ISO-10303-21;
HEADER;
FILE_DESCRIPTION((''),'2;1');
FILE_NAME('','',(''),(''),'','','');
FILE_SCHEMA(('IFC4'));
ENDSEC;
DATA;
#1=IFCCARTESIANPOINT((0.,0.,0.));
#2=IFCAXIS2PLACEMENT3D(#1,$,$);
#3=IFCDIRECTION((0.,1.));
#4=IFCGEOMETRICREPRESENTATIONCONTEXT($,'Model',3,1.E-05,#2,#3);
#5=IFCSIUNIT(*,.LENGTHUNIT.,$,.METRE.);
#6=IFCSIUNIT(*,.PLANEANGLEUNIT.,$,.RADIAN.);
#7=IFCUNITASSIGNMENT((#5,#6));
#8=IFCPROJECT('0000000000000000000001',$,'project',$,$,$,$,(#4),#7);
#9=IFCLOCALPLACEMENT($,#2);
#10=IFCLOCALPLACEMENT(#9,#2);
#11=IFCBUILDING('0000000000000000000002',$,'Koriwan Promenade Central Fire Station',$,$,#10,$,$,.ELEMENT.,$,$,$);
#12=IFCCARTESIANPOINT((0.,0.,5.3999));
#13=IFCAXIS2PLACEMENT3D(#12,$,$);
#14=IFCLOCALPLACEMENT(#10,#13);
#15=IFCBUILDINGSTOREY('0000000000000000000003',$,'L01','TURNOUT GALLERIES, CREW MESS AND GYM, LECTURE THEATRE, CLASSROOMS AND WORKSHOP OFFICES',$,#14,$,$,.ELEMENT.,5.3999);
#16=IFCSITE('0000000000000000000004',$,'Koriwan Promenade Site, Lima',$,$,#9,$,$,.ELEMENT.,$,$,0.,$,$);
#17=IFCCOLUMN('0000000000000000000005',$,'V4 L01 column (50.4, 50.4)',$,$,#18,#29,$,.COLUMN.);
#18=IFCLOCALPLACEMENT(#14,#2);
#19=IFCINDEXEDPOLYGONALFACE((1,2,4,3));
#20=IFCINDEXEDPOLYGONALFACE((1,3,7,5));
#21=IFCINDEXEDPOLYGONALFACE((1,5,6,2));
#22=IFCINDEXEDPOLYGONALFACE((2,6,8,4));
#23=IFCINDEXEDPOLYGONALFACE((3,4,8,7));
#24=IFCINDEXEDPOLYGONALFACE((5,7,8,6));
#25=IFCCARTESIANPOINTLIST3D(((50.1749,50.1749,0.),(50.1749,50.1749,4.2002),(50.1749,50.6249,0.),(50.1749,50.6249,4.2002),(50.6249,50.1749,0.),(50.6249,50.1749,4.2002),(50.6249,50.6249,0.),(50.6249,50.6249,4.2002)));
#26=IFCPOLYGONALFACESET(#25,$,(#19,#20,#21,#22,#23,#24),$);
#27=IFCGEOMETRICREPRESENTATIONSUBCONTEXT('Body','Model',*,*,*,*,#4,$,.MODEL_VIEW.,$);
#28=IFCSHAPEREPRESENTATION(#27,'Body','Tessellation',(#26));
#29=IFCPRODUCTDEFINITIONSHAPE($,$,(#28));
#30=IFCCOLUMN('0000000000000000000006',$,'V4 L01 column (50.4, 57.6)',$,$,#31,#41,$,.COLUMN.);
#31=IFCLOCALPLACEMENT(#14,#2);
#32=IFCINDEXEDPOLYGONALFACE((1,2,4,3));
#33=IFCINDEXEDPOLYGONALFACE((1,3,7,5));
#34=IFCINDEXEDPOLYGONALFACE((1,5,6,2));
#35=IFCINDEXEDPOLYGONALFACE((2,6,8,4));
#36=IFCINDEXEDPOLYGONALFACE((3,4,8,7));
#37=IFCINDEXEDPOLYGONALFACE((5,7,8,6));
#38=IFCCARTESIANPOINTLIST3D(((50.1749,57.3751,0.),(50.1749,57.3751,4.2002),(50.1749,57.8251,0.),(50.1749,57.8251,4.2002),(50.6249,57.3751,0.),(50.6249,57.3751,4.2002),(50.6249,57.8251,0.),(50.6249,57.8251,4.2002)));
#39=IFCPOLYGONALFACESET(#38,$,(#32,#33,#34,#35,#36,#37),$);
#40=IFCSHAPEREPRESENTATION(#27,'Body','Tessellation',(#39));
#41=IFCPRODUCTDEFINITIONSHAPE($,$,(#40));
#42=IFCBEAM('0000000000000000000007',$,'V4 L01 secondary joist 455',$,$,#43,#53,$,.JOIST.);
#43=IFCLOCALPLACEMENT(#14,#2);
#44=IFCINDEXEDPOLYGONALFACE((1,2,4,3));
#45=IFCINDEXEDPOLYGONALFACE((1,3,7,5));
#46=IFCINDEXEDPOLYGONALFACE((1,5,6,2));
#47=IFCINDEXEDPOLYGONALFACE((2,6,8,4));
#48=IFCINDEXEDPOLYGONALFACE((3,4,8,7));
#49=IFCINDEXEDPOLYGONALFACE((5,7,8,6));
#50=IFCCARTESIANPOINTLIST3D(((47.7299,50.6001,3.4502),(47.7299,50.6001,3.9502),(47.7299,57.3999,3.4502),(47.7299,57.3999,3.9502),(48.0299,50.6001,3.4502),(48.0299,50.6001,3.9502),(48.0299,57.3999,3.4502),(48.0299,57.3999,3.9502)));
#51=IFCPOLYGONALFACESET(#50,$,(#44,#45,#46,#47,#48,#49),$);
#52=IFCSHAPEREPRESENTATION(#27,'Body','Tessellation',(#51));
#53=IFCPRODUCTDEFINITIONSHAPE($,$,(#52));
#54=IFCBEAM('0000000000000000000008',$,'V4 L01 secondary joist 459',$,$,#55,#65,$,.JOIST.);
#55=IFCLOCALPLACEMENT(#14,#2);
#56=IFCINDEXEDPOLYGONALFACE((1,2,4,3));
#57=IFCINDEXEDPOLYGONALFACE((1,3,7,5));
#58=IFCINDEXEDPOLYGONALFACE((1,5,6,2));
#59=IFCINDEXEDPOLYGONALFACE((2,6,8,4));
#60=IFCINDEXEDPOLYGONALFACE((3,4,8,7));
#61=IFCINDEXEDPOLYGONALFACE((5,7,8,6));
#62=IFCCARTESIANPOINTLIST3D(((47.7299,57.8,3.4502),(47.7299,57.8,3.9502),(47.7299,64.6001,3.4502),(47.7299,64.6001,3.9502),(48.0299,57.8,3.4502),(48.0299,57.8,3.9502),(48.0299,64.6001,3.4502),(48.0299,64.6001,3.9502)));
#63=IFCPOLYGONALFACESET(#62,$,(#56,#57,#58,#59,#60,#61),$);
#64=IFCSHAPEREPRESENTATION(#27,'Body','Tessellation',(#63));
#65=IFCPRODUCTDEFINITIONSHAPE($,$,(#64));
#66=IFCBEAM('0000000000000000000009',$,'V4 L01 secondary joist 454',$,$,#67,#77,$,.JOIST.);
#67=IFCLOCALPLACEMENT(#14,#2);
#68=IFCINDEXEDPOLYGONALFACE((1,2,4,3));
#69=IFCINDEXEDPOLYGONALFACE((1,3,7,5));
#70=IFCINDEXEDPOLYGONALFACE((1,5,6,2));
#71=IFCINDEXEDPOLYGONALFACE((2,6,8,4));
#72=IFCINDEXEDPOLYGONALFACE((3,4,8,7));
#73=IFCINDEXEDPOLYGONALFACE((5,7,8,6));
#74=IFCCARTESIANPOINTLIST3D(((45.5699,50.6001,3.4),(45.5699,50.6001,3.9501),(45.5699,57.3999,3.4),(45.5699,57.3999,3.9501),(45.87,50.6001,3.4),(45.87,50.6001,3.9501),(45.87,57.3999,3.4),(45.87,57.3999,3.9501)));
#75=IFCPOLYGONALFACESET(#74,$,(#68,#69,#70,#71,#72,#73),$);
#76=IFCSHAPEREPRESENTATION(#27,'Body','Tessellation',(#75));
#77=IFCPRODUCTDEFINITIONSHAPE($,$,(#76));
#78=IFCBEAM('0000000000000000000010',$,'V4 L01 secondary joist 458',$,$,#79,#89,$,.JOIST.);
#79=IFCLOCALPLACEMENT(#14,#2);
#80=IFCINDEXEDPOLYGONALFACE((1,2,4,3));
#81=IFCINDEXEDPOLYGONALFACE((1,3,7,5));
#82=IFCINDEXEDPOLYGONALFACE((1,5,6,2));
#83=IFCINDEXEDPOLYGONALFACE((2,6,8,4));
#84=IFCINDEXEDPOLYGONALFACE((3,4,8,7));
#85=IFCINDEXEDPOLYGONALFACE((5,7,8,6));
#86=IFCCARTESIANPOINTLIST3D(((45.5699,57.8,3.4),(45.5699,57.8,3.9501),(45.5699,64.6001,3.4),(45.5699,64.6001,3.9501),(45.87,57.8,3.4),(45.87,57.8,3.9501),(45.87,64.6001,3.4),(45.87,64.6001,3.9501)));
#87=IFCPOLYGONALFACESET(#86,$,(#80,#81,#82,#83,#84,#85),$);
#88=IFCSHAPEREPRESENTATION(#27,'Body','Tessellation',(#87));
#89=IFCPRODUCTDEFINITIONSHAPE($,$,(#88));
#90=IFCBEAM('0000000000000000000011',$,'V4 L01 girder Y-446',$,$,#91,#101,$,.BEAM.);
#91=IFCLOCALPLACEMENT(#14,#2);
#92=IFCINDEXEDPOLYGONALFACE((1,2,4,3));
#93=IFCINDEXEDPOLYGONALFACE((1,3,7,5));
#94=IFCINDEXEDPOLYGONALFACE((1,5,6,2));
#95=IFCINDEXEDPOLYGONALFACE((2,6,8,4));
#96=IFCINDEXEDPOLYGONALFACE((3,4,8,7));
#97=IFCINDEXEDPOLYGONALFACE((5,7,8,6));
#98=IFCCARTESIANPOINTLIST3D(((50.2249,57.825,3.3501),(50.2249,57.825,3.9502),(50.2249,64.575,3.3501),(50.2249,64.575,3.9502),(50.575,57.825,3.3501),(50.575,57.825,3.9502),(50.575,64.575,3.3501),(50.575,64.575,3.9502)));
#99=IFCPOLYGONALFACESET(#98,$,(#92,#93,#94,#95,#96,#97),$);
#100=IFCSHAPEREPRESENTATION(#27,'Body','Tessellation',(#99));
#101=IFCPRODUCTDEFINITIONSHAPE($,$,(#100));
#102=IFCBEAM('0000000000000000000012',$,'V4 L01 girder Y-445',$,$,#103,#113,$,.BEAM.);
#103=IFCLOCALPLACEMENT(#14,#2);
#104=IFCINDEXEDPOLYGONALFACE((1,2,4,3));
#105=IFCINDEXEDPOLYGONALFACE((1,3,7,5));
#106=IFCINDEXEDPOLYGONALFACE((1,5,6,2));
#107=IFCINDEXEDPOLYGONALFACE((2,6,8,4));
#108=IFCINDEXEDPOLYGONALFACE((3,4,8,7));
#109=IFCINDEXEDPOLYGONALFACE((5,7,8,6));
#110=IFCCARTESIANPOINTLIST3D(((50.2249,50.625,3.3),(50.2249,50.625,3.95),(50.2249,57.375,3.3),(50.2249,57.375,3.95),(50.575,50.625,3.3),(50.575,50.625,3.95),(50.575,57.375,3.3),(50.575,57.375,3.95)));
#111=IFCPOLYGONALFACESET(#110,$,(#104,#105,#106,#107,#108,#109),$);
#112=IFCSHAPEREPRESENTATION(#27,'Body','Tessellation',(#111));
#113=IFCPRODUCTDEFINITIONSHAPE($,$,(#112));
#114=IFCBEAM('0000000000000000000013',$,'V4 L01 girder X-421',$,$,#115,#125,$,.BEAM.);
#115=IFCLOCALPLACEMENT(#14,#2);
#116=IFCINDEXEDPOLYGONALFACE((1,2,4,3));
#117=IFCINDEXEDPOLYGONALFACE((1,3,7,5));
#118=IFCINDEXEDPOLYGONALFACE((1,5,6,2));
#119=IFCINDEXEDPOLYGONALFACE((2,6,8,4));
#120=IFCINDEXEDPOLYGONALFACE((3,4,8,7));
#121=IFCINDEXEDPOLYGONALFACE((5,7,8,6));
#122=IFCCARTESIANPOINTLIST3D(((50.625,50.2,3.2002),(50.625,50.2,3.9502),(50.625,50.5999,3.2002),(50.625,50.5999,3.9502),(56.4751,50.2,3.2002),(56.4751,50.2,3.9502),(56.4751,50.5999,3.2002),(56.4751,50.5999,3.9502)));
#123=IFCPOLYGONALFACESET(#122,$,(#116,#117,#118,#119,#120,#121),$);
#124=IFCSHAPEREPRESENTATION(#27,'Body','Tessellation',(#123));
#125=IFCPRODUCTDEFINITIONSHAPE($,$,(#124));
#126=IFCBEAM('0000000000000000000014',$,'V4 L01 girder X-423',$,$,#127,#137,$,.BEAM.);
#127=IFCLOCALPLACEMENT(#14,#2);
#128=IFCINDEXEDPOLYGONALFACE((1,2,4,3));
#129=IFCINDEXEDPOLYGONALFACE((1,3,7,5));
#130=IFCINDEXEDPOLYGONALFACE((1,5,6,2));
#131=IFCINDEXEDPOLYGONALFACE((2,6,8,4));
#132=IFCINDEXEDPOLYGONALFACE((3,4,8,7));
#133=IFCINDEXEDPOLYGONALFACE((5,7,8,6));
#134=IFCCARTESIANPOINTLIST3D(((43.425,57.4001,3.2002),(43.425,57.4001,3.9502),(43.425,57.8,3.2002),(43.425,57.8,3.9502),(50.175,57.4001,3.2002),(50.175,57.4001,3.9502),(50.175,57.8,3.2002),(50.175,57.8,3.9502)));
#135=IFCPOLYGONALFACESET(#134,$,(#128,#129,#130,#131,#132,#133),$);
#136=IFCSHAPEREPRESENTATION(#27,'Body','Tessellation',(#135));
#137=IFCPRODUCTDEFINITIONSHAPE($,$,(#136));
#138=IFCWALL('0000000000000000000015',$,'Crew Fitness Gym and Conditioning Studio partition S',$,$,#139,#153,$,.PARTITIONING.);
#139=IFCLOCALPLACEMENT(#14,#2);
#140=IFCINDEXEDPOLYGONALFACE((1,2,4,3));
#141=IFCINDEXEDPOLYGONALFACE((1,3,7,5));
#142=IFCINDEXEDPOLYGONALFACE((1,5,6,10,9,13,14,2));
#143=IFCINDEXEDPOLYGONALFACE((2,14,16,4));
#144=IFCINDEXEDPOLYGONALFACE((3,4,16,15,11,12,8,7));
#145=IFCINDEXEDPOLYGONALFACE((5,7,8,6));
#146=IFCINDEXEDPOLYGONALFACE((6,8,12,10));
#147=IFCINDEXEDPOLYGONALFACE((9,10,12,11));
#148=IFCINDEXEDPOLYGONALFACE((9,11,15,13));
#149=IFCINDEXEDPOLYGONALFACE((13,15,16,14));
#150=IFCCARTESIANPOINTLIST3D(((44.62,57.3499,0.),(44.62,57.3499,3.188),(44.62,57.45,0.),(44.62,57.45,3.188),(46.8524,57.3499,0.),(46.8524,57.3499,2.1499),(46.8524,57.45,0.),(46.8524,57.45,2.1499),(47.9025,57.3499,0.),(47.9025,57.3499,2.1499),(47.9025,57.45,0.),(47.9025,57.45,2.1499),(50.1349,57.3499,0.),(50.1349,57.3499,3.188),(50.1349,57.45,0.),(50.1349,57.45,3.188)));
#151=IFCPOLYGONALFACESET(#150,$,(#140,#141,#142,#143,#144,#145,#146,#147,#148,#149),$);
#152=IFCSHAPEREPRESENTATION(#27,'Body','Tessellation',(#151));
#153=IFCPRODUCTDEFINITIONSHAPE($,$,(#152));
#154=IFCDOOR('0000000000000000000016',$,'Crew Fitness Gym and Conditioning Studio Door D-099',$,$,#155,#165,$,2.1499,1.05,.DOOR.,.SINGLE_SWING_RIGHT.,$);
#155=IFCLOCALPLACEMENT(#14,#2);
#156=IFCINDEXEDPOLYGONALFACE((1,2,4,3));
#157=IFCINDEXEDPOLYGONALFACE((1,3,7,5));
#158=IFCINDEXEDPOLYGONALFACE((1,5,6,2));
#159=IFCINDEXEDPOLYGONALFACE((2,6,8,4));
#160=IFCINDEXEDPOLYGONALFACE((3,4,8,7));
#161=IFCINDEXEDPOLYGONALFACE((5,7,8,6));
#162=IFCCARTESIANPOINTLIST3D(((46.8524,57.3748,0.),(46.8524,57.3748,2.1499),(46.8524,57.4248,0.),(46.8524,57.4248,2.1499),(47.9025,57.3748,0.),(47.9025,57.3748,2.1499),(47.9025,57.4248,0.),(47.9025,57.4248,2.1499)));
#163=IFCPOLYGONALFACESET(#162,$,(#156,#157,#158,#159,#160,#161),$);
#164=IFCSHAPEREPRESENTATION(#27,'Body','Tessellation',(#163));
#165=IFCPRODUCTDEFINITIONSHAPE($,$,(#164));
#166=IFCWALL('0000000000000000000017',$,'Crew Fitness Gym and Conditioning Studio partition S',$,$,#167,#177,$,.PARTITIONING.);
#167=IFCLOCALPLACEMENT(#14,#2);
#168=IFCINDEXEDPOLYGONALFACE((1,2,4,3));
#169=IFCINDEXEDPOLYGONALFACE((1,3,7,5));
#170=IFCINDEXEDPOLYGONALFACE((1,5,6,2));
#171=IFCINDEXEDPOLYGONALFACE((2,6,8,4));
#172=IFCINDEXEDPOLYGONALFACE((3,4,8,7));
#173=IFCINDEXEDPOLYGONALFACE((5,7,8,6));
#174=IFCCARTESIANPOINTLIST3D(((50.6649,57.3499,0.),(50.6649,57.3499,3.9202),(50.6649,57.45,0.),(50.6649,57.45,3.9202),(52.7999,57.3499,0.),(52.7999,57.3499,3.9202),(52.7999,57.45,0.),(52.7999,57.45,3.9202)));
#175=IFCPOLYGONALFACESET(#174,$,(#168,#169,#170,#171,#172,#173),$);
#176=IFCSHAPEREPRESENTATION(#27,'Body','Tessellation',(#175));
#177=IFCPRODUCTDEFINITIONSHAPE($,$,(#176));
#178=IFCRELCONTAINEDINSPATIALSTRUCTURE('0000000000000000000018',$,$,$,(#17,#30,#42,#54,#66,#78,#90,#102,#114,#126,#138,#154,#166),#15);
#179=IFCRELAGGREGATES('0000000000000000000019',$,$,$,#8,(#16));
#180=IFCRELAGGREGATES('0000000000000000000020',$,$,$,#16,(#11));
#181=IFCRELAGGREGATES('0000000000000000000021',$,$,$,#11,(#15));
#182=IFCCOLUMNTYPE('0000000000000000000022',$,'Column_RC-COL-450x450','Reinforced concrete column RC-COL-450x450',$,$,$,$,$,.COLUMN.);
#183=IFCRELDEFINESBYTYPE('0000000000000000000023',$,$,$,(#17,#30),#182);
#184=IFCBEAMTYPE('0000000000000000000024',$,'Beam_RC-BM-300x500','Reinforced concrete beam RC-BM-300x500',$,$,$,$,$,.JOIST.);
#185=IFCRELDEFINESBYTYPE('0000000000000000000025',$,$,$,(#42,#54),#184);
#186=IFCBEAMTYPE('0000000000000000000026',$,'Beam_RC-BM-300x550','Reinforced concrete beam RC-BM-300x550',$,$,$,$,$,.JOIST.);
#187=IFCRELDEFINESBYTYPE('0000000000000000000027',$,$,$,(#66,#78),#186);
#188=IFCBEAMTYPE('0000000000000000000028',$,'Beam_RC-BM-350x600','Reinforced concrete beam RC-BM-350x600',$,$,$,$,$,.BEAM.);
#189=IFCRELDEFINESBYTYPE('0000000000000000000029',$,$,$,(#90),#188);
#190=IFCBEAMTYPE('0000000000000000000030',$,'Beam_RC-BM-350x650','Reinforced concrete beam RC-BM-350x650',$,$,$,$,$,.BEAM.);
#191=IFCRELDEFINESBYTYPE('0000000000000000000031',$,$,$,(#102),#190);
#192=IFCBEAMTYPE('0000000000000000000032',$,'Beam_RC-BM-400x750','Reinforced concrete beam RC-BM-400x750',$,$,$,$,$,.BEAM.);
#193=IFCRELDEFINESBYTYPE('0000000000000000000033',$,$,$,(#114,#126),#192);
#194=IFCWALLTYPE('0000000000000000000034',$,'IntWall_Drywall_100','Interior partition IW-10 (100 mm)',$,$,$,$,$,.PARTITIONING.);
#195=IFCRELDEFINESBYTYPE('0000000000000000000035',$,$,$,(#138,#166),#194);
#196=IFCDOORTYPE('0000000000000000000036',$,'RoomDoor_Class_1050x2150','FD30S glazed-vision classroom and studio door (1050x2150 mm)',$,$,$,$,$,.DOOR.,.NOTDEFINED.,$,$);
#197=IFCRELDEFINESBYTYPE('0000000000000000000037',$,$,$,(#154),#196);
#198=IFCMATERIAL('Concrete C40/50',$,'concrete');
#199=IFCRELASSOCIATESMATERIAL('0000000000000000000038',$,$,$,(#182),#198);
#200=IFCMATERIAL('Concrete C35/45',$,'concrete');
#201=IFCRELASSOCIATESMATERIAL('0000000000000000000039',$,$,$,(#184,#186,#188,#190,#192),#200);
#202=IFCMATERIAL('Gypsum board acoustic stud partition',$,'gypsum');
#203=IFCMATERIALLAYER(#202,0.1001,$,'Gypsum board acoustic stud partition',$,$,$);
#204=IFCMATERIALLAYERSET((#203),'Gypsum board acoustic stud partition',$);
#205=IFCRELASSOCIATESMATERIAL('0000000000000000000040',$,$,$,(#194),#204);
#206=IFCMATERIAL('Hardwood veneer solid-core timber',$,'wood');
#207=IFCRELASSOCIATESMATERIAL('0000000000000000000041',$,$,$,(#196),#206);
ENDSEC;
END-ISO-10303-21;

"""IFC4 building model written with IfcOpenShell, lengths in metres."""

from ifc_helpers import new_model, si_unit, direction, frame, frame_2d, origin, origin_2d, place, context, subcontext, project, spatial, rectangle, extrude, material, layer, layer_set, material_profile, profile_set, type_object, element, fill, save


model = new_model("IFC4")

# Units and contexts
model_context = context("Model", 3, precision=1e-05, world=origin(), true_north=direction((0.0, 1.0)))
body_context = subcontext(model_context, "Body", "Model", "MODEL_VIEW")
ifc_project = project(units=[si_unit("LENGTHUNIT", "METRE"), si_unit("PLANEANGLEUNIT", "RADIAN")], contexts=[model_context])

# Site, building, storey
site_placement = place(None, origin())
site = spatial("IfcSite", under=ifc_project, at=site_placement, Name="Koriwan Promenade Site, Lima", CompositionType="ELEMENT", RefElevation=0.0)
building_placement = place(site_placement, origin())
building = spatial("IfcBuilding", under=site, at=building_placement, Name="Koriwan Promenade Central Fire Station", CompositionType="ELEMENT")
storey_placement = place(building_placement, frame((0.0, 0.0, 5.3999)))
storey = spatial("IfcBuildingStorey", under=building, at=storey_placement, Name="L01", Description="TURNOUT GALLERIES, CREW MESS AND GYM, LECTURE THEATRE, CLASSROOMS AND WORKSHOP OFFICES", CompositionType="ELEMENT", Elevation=5.3999)

# Columns
ifc_material_1 = material(Name="Concrete C40/50", Category="concrete")
ifc_material_profile_1 = material_profile(ifc_material_1, rectangle(XDim=0.45, YDim=0.45, at=origin_2d()), Name="RC-COL-450x450")
ifc_profile_set_1 = profile_set([ifc_material_profile_1], Name="Concrete C40/50")
column_type = type_object("IfcColumnType", Name="Column_RC-COL-450x450", Description="Reinforced concrete column RC-COL-450x450", PredefinedType="COLUMN", material=ifc_profile_set_1)
for number, where, z_axis, x_axis, name in (
    (1, (50.3999, 50.3999, 0.0), (0.0, 0.0, 1.0), (1.0, 0.0, 0.0), "V4 L01 column (50.4, 50.4)"),
    (2, (50.3999, 57.6001, 0.0), (0.0, 0.0, 1.0), (1.0, 0.0, 0.0), "V4 L01 column (50.4, 57.6)"),
):
    element("IfcColumn", number, at=place(storey_placement, frame(where, z_axis=z_axis, x_axis=x_axis)), inside=storey, type_object=column_type, Name=name, PredefinedType="COLUMN", context=body_context, shape_type="SweptSolid", body=[
        extrude(rectangle(XDim=0.45, YDim=0.45, at=origin_2d()), origin(), (0.0, 0.0, 1.0), 4.2002),
    ])

# Beams
ifc_material_2 = material(Name="Concrete C35/45", Category="concrete")
ifc_material_profile_2 = material_profile(ifc_material_2, rectangle(XDim=0.3, YDim=0.5, at=origin_2d()), Name="RC-BM-300x500")
ifc_profile_set_2 = profile_set([ifc_material_profile_2], Name="Concrete C35/45")
beam_type_1 = type_object("IfcBeamType", Name="Beam_RC-BM-300x500", Description="Reinforced concrete beam RC-BM-300x500", PredefinedType="JOIST", material=ifc_profile_set_2)
beam_1_placement = place(storey_placement, frame((47.8799, 50.6001, 3.7002), z_axis=(0.0, 1.0, 0.0), x_axis=(-1.0, 0.0, 0.0)))
element("IfcBeam", 3, at=beam_1_placement, inside=storey, type_object=beam_type_1, Name="V4 L01 secondary joist 455", PredefinedType="JOIST", context=body_context, shape_type="SweptSolid", body=[
    extrude(rectangle(XDim=0.3, YDim=0.5, at=origin_2d()), origin(), (0.0, 0.0, 1.0), 6.7998),
])
beam_2_placement = place(storey_placement, frame((47.8799, 57.8, 3.7002), z_axis=(0.0, 1.0, 0.0), x_axis=(-1.0, 0.0, 0.0)))
element("IfcBeam", 4, at=beam_2_placement, inside=storey, type_object=beam_type_1, Name="V4 L01 secondary joist 459", PredefinedType="JOIST", context=body_context, shape_type="SweptSolid", body=[
    extrude(rectangle(XDim=0.3, YDim=0.5, at=origin_2d()), origin(), (0.0, 0.0, 1.0), 6.8),
])
ifc_material_profile_3 = material_profile(ifc_material_2, rectangle(XDim=0.3, YDim=0.55, at=origin_2d()), Name="RC-BM-300x550")
ifc_profile_set_3 = profile_set([ifc_material_profile_3], Name="Concrete C35/45")
beam_type_2 = type_object("IfcBeamType", Name="Beam_RC-BM-300x550", Description="Reinforced concrete beam RC-BM-300x550", PredefinedType="JOIST", material=ifc_profile_set_3)
beam_3_placement = place(storey_placement, frame((45.72, 50.6001, 3.675), z_axis=(0.0, 1.0, 0.0), x_axis=(-1.0, 0.0, 0.0)))
element("IfcBeam", 5, at=beam_3_placement, inside=storey, type_object=beam_type_2, Name="V4 L01 secondary joist 454", PredefinedType="JOIST", context=body_context, shape_type="SweptSolid", body=[
    extrude(rectangle(XDim=0.3, YDim=0.55, at=origin_2d()), origin(), (0.0, 0.0, 1.0), 6.7998),
])
beam_4_placement = place(storey_placement, frame((45.72, 57.8, 3.675), z_axis=(0.0, 1.0, 0.0), x_axis=(-1.0, 0.0, 0.0)))
element("IfcBeam", 6, at=beam_4_placement, inside=storey, type_object=beam_type_2, Name="V4 L01 secondary joist 458", PredefinedType="JOIST", context=body_context, shape_type="SweptSolid", body=[
    extrude(rectangle(XDim=0.3, YDim=0.55, at=origin_2d()), origin(), (0.0, 0.0, 1.0), 6.8),
])
ifc_material_profile_4 = material_profile(ifc_material_2, rectangle(XDim=0.3501, YDim=0.6001, at=origin_2d()), Name="RC-BM-350x600")
ifc_profile_set_4 = profile_set([ifc_material_profile_4], Name="Concrete C35/45")
beam_type_3 = type_object("IfcBeamType", Name="Beam_RC-BM-350x600", Description="Reinforced concrete beam RC-BM-350x600", PredefinedType="BEAM", material=ifc_profile_set_4)
beam_5_placement = place(storey_placement, frame((50.3999, 57.825, 3.6501), z_axis=(0.0, 1.0, 0.0), x_axis=(-1.0, 0.0, 0.0)))
element("IfcBeam", 7, at=beam_5_placement, inside=storey, type_object=beam_type_3, Name="V4 L01 girder Y-446", PredefinedType="BEAM", context=body_context, shape_type="SweptSolid", body=[
    extrude(rectangle(XDim=0.3501, YDim=0.6001, at=origin_2d()), origin(), (0.0, 0.0, 1.0), 6.75),
])
ifc_material_profile_5 = material_profile(ifc_material_2, rectangle(XDim=0.3501, YDim=0.6499, at=origin_2d()), Name="RC-BM-350x650")
ifc_profile_set_5 = profile_set([ifc_material_profile_5], Name="Concrete C35/45")
beam_type_4 = type_object("IfcBeamType", Name="Beam_RC-BM-350x650", Description="Reinforced concrete beam RC-BM-350x650", PredefinedType="BEAM", material=ifc_profile_set_5)
beam_6_placement = place(storey_placement, frame((50.3999, 50.625, 3.625), z_axis=(0.0, 1.0, 0.0), x_axis=(-1.0, 0.0, 0.0)))
element("IfcBeam", 8, at=beam_6_placement, inside=storey, type_object=beam_type_4, Name="V4 L01 girder Y-445", PredefinedType="BEAM", context=body_context, shape_type="SweptSolid", body=[
    extrude(rectangle(XDim=0.3501, YDim=0.6499, at=origin_2d()), origin(), (0.0, 0.0, 1.0), 6.75),
])
ifc_material_profile_6 = material_profile(ifc_material_2, rectangle(XDim=0.3999, YDim=0.75, at=origin_2d()), Name="RC-BM-400x750")
ifc_profile_set_6 = profile_set([ifc_material_profile_6], Name="Concrete C35/45")
beam_type_5 = type_object("IfcBeamType", Name="Beam_RC-BM-400x750", Description="Reinforced concrete beam RC-BM-400x750", PredefinedType="BEAM", material=ifc_profile_set_6)
beam_7_placement = place(storey_placement, frame((50.625, 50.3999, 3.5752), z_axis=(1.0, 0.0, 0.0), x_axis=(0.0, 1.0, 0.0)))
element("IfcBeam", 9, at=beam_7_placement, inside=storey, type_object=beam_type_5, Name="V4 L01 girder X-421", PredefinedType="BEAM", context=body_context, shape_type="SweptSolid", body=[
    extrude(rectangle(XDim=0.3999, YDim=0.75, at=origin_2d()), origin(), (0.0, 0.0, 1.0), 5.8501),
])
beam_8_placement = place(storey_placement, frame((43.425, 57.6001, 3.5752), z_axis=(1.0, 0.0, 0.0), x_axis=(0.0, 1.0, 0.0)))
element("IfcBeam", 10, at=beam_8_placement, inside=storey, type_object=beam_type_5, Name="V4 L01 girder X-423", PredefinedType="BEAM", context=body_context, shape_type="SweptSolid", body=[
    extrude(rectangle(XDim=0.3999, YDim=0.75, at=origin_2d()), origin(), (0.0, 0.0, 1.0), 6.75),
])

# Wall, opening, door
ifc_material_3 = material(Name="Gypsum board acoustic stud partition", Category="gypsum")
ifc_layer_1 = layer(ifc_material_3, 0.1001, Name="Gypsum board acoustic stud partition")
ifc_layer_set_1 = layer_set([ifc_layer_1], Name="Gypsum board acoustic stud partition")
wall_type_1 = type_object("IfcWallType", Name="IntWall_Drywall_100", Description="Interior partition IW-10 (100 mm)", PredefinedType="PARTITIONING", material=ifc_layer_set_1)
wall_1_placement = place(storey_placement, frame((44.6201, 57.3999, 0.0), z_axis=(0.0, 0.0, 1.0), x_axis=(1.0, 0.0, 0.0)))
wall_1 = element("IfcWall", 11, at=wall_1_placement, inside=storey, type_object=wall_type_1, Name="Crew Fitness Gym and Conditioning Studio partition S", PredefinedType="PARTITIONING", context=body_context, shape_type="SweptSolid", body=[
    extrude(rectangle(XDim=5.5149, YDim=0.1001, at=frame_2d((2.7573, 0.0))), origin(), (0.0, 0.0, 1.0), 3.188),
])
opening_1_placement = place(wall_1_placement, frame((2.2324, 0.0, 0.0)))
opening_1 = element("IfcOpeningElement", 12, at=opening_1_placement, cuts=wall_1, PredefinedType="OPENING", context=body_context, shape_type="SweptSolid", body=[
    extrude(rectangle(XDim=1.05, YDim=2.1499, at=frame_2d((0.5249, 1.075))), frame((0.0, 0.062, 0.0), z_axis=(0.0, -1.0, 0.0), x_axis=(1.0, 0.0, 0.0)), (0.0, 0.0, 1.0), 0.124),
])
ifc_material_4 = material(Name="Hardwood veneer solid-core timber", Category="wood")
door_type_1 = type_object("IfcDoorType", Name="RoomDoor_Class_1050x2150", Description="FD30S glazed-vision classroom and studio door (1050x2150 mm)", OperationType="NOTDEFINED", PredefinedType="DOOR", material=ifc_material_4)
door_1_placement = place(opening_1_placement, origin())
door_1 = element("IfcDoor", 13, at=door_1_placement, inside=storey, type_object=door_type_1, Name="Crew Fitness Gym and Conditioning Studio Door D-099", OperationType="SINGLE_SWING_RIGHT", OverallHeight=2.1499, OverallWidth=1.05, PredefinedType="DOOR", context=body_context, shape_type="SweptSolid", body=[
    extrude(rectangle(XDim=1.05, YDim=2.1499, at=frame_2d((0.5249, 1.075))), frame((0.0, 0.0249, 0.0), z_axis=(0.0, -1.0, 0.0), x_axis=(1.0, 0.0, 0.0)), (0.0, 0.0, 1.0), 0.05),
])
fill(opening_1, door_1)

# Wall
wall_2_placement = place(storey_placement, frame((50.665, 57.3999, 0.0), z_axis=(0.0, 0.0, 1.0), x_axis=(1.0, 0.0, 0.0)))
element("IfcWall", 14, at=wall_2_placement, inside=storey, type_object=wall_type_1, Name="Crew Fitness Gym and Conditioning Studio partition S", PredefinedType="PARTITIONING", context=body_context, shape_type="SweptSolid", body=[
    extrude(rectangle(XDim=2.135, YDim=0.1001, at=frame_2d((1.0674, 0.0))), origin(), (0.0, 0.0, 1.0), 3.9202),
])

save(model, "model.ifc")
